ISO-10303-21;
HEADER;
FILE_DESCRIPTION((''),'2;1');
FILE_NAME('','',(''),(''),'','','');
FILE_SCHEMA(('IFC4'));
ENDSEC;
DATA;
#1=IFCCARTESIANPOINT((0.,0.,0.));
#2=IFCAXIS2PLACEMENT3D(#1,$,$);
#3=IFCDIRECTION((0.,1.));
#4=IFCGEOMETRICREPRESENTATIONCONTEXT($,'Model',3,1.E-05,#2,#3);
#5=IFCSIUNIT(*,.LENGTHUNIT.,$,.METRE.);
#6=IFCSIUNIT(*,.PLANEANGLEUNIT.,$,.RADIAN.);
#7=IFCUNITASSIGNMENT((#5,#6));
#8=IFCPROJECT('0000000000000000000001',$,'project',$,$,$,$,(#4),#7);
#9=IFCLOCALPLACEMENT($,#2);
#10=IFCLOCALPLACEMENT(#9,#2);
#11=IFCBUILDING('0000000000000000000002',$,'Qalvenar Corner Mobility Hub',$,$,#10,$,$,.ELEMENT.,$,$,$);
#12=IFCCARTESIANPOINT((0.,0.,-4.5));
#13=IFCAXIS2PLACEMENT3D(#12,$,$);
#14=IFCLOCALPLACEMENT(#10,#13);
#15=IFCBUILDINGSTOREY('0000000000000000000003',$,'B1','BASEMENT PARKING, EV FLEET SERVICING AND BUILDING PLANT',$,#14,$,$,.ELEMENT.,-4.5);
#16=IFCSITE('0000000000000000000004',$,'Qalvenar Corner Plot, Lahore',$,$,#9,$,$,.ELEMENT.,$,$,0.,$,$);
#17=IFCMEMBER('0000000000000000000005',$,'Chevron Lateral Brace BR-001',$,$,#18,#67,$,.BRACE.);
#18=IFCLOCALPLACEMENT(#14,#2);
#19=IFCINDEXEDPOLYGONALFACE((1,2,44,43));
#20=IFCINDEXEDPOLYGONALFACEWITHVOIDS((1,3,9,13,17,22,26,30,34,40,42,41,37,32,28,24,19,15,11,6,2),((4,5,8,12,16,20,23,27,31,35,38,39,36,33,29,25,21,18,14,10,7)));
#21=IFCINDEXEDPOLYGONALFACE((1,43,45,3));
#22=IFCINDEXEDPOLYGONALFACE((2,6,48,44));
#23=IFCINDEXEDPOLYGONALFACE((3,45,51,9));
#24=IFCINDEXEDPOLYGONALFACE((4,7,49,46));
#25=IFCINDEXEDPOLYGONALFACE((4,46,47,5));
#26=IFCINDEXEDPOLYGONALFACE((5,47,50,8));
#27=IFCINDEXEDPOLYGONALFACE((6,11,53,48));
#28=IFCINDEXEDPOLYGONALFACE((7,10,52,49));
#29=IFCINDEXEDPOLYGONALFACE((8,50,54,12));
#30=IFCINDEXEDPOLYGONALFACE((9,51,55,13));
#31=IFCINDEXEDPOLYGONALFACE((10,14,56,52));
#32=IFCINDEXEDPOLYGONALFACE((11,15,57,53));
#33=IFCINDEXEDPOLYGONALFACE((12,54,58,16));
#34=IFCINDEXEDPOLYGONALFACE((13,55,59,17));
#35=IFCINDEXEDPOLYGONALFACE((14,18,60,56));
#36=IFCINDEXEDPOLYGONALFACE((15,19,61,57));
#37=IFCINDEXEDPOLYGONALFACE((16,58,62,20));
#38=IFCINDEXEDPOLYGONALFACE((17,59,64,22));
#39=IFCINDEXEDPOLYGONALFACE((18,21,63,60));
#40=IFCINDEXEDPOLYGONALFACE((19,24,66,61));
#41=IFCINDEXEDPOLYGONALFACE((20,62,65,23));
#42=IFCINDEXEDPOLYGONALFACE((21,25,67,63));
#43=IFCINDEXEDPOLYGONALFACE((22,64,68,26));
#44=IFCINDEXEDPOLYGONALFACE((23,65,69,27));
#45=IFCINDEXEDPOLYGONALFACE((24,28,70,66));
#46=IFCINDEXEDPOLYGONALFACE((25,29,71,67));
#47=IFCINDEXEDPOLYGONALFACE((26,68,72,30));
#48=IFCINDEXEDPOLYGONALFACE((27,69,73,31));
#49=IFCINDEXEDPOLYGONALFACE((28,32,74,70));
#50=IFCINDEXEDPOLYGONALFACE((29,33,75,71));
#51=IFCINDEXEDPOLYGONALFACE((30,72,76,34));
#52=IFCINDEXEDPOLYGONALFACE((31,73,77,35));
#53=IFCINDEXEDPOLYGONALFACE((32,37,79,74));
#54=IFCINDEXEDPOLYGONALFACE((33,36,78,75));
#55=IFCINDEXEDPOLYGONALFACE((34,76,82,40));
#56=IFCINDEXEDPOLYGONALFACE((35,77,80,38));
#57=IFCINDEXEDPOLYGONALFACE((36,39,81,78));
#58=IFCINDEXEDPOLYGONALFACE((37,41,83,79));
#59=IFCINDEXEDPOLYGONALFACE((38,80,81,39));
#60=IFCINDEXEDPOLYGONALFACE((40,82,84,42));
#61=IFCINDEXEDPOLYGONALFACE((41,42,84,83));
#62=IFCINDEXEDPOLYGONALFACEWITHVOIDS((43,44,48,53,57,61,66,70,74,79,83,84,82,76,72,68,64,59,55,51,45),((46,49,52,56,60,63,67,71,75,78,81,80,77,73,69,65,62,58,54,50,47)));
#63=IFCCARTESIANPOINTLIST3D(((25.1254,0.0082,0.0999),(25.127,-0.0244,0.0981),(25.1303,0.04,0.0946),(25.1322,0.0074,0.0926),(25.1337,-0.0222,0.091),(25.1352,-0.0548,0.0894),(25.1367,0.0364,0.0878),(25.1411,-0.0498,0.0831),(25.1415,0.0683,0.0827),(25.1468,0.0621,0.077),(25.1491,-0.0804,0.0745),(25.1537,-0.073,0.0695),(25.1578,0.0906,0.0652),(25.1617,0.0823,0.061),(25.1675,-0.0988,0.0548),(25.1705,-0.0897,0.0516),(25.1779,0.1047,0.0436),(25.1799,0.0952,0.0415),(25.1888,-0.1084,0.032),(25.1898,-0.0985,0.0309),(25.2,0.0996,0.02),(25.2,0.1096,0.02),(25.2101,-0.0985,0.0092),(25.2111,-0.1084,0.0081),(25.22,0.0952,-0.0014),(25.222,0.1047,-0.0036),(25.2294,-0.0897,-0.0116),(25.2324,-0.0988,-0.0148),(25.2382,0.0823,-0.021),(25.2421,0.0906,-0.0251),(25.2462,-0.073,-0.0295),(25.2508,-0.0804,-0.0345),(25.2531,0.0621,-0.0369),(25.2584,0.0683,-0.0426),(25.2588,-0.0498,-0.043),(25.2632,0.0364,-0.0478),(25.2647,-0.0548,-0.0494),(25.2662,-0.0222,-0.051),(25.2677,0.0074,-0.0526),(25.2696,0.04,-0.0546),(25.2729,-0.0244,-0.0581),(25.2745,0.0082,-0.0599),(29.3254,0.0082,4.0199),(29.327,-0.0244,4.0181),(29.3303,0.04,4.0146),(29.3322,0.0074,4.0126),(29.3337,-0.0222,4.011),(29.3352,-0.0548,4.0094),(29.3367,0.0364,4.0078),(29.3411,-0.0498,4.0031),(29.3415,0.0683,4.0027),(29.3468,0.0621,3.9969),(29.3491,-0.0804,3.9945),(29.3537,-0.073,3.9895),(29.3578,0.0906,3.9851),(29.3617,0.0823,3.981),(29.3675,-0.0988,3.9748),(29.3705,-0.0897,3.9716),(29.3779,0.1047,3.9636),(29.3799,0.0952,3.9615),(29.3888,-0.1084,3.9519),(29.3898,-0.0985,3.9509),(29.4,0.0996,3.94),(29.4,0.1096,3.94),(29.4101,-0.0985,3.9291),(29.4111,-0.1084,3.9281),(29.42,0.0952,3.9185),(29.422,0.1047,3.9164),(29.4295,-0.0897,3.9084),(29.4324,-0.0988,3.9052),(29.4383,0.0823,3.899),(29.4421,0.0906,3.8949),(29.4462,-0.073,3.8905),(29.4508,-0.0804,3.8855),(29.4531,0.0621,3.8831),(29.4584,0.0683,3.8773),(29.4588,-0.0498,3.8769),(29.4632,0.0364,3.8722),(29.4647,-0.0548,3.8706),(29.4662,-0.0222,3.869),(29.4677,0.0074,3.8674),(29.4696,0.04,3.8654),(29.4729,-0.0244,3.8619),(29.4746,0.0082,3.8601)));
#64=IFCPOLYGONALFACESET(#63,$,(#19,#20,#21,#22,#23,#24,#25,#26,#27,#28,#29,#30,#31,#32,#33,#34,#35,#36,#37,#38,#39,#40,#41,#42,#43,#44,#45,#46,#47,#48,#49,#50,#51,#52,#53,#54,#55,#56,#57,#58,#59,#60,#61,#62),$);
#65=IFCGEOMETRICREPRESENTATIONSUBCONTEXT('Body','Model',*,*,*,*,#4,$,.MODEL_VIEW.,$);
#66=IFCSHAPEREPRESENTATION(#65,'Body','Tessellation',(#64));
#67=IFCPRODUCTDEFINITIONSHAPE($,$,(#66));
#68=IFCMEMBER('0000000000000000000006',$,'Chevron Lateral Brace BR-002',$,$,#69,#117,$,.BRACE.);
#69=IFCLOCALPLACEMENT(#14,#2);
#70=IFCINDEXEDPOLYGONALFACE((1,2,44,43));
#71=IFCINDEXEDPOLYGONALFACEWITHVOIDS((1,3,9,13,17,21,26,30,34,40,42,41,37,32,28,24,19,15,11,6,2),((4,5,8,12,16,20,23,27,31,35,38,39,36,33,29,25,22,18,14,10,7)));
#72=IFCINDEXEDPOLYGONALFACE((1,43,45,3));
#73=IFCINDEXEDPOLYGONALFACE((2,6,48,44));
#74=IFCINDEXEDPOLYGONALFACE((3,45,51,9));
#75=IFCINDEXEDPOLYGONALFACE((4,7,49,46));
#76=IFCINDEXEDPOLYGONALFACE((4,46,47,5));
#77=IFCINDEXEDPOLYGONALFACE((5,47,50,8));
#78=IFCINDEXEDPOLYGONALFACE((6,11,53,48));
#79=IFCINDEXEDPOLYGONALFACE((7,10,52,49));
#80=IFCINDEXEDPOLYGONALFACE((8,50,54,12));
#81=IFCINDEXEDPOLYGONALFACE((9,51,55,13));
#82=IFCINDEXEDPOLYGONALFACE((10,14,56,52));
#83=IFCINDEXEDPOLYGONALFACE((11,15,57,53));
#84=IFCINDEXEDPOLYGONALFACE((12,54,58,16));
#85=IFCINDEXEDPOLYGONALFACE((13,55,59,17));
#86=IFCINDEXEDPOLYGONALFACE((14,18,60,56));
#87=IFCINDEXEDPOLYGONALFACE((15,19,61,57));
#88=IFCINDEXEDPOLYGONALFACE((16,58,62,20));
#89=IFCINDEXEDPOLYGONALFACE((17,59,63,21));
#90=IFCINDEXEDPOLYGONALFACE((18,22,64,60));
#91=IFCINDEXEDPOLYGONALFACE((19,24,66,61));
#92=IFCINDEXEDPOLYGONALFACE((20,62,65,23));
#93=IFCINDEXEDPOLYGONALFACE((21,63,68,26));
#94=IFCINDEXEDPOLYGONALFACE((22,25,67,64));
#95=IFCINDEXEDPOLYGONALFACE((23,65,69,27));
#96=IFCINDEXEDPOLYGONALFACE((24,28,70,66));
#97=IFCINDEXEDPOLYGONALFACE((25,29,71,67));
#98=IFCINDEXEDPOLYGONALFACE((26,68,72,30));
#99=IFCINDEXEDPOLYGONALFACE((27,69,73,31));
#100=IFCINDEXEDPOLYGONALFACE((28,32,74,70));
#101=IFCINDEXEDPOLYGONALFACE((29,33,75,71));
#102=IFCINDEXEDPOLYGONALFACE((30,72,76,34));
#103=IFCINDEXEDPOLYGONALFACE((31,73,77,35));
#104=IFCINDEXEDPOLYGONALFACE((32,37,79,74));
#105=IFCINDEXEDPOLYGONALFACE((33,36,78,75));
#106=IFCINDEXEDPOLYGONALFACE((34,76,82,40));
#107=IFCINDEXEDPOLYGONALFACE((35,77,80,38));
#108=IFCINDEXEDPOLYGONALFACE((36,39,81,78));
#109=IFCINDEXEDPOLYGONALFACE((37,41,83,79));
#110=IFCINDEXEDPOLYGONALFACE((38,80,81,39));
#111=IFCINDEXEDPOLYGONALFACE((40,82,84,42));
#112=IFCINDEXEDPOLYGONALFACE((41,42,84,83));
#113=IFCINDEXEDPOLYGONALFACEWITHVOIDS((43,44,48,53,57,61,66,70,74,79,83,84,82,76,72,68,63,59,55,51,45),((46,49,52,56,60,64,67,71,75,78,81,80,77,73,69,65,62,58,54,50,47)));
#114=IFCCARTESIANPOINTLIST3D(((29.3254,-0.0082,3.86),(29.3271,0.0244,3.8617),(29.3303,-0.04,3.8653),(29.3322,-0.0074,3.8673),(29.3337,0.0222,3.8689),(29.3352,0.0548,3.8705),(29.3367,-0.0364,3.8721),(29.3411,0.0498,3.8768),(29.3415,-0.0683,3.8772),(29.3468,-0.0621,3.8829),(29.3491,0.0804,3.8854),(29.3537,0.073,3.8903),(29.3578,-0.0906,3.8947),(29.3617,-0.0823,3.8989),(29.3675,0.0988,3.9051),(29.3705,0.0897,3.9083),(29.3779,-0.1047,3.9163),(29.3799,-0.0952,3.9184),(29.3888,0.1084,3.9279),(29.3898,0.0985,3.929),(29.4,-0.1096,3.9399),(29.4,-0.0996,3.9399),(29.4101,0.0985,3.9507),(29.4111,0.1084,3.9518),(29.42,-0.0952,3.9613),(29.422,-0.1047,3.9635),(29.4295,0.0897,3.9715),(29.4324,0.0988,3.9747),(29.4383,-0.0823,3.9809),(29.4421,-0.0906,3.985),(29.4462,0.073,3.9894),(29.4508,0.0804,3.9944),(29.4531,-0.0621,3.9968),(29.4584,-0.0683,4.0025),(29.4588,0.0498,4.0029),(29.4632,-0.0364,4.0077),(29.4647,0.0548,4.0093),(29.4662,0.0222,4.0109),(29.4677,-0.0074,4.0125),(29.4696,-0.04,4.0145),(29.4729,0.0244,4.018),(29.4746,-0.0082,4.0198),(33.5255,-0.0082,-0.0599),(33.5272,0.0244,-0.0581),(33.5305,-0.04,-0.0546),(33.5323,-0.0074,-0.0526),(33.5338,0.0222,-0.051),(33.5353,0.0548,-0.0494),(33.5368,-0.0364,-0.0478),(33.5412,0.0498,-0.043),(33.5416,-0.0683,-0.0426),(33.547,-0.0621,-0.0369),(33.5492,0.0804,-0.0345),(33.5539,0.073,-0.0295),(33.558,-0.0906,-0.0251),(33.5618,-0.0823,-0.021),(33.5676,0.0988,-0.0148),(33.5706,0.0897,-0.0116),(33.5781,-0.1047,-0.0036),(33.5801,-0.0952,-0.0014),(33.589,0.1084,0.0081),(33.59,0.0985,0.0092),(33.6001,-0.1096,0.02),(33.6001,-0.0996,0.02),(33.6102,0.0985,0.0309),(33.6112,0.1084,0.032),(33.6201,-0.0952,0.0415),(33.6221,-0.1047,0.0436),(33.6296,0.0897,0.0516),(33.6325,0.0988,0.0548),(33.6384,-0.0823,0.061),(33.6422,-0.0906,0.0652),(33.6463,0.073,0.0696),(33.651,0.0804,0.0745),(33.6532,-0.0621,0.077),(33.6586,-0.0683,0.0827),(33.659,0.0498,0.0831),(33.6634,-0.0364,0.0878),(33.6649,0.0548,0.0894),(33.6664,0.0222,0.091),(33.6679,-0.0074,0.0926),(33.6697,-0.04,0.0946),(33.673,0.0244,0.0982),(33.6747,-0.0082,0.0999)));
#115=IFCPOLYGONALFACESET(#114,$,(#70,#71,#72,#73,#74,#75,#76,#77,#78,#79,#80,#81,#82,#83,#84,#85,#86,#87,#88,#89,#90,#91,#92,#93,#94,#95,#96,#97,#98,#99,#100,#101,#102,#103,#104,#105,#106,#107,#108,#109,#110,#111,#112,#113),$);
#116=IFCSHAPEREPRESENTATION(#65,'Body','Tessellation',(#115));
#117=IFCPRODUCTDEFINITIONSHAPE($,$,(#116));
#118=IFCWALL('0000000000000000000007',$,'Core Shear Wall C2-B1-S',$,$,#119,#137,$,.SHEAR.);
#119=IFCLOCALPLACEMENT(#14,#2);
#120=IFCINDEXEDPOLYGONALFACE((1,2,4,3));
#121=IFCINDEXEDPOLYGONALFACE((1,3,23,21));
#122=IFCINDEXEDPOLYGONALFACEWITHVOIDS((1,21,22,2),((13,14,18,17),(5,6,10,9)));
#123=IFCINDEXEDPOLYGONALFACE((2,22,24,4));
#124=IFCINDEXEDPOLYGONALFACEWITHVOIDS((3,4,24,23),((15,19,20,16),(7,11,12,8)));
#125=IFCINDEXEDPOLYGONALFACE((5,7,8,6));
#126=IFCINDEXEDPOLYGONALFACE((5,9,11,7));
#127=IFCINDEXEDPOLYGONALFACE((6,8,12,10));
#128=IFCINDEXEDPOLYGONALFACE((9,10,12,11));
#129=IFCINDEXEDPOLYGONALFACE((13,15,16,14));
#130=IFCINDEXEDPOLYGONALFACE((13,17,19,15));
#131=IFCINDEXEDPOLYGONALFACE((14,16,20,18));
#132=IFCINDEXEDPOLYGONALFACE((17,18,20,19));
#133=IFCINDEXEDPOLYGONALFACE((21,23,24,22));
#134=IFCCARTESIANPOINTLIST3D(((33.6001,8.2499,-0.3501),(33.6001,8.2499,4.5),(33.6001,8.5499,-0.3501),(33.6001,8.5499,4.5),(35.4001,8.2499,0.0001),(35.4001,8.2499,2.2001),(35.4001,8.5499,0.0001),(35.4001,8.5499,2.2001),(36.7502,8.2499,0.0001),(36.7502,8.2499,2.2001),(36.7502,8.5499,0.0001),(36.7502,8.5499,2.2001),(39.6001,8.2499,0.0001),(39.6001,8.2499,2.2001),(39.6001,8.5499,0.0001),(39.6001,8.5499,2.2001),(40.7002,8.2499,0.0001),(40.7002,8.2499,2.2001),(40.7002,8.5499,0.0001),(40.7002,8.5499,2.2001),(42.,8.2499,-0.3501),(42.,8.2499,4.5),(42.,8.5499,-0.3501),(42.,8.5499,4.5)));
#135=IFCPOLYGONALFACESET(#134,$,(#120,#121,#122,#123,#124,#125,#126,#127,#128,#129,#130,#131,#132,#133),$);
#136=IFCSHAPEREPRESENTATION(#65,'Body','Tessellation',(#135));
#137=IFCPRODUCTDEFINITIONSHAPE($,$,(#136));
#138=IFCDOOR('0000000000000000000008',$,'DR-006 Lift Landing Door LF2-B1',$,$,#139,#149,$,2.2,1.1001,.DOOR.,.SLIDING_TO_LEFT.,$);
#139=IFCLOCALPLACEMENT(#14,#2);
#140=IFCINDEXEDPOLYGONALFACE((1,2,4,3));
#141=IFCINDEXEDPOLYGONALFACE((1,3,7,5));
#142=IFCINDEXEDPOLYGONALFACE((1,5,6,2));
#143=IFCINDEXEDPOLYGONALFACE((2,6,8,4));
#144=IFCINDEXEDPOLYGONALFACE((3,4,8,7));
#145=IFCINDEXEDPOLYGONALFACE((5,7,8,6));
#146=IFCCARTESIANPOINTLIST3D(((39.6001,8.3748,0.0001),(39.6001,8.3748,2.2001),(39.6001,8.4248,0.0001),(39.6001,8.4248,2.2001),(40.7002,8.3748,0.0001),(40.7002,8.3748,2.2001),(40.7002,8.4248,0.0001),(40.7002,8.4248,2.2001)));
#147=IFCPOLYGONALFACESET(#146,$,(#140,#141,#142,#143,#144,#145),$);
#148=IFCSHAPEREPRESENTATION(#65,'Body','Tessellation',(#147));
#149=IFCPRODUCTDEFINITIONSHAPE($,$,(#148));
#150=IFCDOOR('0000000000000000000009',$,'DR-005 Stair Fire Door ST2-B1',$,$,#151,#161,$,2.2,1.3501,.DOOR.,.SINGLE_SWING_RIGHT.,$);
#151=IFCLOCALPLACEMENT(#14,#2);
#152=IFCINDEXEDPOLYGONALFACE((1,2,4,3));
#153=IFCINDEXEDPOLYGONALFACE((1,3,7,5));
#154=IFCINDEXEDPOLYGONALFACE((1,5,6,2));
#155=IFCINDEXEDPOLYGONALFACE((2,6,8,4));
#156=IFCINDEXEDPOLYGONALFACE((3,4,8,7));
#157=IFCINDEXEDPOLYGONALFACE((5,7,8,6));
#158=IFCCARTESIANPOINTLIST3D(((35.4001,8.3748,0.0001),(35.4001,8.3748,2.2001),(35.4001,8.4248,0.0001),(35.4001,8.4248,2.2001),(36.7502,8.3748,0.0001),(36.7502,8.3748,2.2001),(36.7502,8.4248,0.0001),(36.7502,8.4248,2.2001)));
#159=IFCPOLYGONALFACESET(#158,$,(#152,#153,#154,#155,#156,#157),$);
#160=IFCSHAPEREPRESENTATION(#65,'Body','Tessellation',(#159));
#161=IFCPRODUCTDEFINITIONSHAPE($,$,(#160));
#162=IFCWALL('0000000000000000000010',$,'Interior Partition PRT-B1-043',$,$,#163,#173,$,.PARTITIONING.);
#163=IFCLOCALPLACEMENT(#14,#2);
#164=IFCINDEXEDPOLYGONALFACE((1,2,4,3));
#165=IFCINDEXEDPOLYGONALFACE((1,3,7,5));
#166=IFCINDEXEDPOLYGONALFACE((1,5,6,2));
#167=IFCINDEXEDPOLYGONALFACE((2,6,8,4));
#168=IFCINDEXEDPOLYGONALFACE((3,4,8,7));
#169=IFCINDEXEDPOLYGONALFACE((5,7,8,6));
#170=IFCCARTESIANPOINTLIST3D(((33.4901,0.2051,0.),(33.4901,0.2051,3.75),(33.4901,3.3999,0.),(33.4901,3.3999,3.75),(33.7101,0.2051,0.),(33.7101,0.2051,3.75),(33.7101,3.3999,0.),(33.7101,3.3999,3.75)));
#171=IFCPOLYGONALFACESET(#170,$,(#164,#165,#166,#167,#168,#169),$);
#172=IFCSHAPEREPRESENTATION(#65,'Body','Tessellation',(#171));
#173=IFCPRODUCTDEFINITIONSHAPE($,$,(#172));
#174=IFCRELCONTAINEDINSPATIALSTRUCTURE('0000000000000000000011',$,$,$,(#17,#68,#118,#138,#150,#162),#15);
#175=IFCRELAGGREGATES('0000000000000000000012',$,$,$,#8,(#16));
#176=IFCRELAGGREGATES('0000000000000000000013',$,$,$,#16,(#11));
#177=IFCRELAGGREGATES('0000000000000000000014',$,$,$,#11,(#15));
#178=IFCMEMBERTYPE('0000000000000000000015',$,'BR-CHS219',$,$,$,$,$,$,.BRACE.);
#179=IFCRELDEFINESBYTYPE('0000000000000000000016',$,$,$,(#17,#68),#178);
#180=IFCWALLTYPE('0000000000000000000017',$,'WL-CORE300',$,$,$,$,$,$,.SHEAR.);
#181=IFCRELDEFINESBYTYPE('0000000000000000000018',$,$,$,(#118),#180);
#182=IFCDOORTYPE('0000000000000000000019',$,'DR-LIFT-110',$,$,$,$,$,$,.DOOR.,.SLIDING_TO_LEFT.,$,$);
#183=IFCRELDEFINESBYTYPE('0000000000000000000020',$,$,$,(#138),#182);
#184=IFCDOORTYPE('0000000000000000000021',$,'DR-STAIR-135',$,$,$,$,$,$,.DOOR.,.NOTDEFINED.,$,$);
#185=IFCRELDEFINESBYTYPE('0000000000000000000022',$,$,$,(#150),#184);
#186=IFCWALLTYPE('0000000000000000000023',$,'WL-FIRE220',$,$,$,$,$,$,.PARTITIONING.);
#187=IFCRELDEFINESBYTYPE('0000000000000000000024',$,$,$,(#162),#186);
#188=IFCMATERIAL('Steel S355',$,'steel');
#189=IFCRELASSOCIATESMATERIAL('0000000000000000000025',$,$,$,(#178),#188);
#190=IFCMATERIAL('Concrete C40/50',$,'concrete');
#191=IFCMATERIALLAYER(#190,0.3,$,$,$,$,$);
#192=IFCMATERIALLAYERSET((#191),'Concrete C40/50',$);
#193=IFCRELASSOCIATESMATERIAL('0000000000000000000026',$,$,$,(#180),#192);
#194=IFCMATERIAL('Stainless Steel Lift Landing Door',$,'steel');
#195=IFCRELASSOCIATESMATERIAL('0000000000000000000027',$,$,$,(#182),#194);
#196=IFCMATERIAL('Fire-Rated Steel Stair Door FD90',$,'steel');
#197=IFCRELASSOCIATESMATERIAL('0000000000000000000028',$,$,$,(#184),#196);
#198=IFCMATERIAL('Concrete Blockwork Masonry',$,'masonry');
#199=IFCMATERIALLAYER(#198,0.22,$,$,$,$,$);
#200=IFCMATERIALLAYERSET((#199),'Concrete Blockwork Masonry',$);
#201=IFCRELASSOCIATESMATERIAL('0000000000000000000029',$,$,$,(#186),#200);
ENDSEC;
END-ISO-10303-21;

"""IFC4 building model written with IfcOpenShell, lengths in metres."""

from ifc_helpers import new_model, si_unit, direction, frame, frame_2d, origin, origin_2d, place, context, subcontext, project, spatial, rectangle, hollow_circle, extrude, material, layer, layer_set, material_profile, profile_set, type_object, element, fill, save


model = new_model("IFC4")

# Units and contexts
model_context = context("Model", 3, precision=1e-05, world=origin(), true_north=direction((0.0, 1.0)))
body_context = subcontext(model_context, "Body", "Model", "MODEL_VIEW")
ifc_project = project(units=[si_unit("LENGTHUNIT", "METRE"), si_unit("PLANEANGLEUNIT", "RADIAN")], contexts=[model_context])

# Site, building, storey
site_placement = place(None, origin())
site = spatial("IfcSite", under=ifc_project, at=site_placement, Name="Qalvenar Corner Plot, Lahore", CompositionType="ELEMENT", RefElevation=0.0)
building_placement = place(site_placement, origin())
building = spatial("IfcBuilding", under=site, at=building_placement, Name="Qalvenar Corner Mobility Hub", CompositionType="ELEMENT")
storey_placement = place(building_placement, frame((0.0, 0.0, -4.5)))
storey = spatial("IfcBuildingStorey", under=building, at=storey_placement, Name="B1", Description="BASEMENT PARKING, EV FLEET SERVICING AND BUILDING PLANT", CompositionType="ELEMENT", Elevation=-4.5)

# Shared definitions
ifc_material_1 = material(Name="Concrete C40/50", Category="concrete")

# Shared definitions
ifc_material_2 = material(Name="Steel S355", Category="steel")

# Members
ifc_material_profile_1 = material_profile(ifc_material_2, hollow_circle(Radius=0.1096, WallThickness=0.01, at=origin_2d()), Name="CHS219.1x10")
ifc_profile_set_1 = profile_set([ifc_material_profile_1], Name="Steel S355")
member_type = type_object("IfcMemberType", Name="BR-CHS219", PredefinedType="BRACE", material=ifc_profile_set_1)
for number, where, z_axis, x_axis, name in (
    (1, (25.2, 0.0, 0.02), (0.731058, 0.0, 0.682315), (0.0, 1.0, 0.0), "Chevron Lateral Brace BR-001"),
    (2, (33.6001, 0.0, 0.02), (-0.731078, 0.0, 0.682294), (0.0, -1.0, 0.0), "Chevron Lateral Brace BR-002"),
):
    element("IfcMember", number, at=place(storey_placement, frame(where, z_axis=z_axis, x_axis=x_axis)), inside=storey, type_object=member_type, Name=name, PredefinedType="BRACE", context=body_context, shape_type="SweptSolid", body=[
        extrude(hollow_circle(Radius=0.1096, WallThickness=0.01, at=origin_2d()), origin(), (0.0, 0.0, 1.0), 5.7451),
    ])

# Wall, openings, doors
ifc_layer_1 = layer(ifc_material_1, 0.3)
ifc_layer_set_1 = layer_set([ifc_layer_1], Name="Concrete C40/50")
wall_type_1 = type_object("IfcWallType", Name="WL-CORE300", PredefinedType="SHEAR", material=ifc_layer_set_1)
wall_1_placement = place(storey_placement, frame((33.6001, 8.3999, -0.3501), z_axis=(0.0, 0.0, 1.0), x_axis=(1.0, 0.0, 0.0)))
wall_1 = element("IfcWall", 3, at=wall_1_placement, inside=storey, type_object=wall_type_1, Name="Core Shear Wall C2-B1-S", PredefinedType="SHEAR", context=body_context, shape_type="SweptSolid", body=[
    extrude(rectangle(XDim=8.3999, YDim=0.3, at=frame_2d((4.2, 0.0))), origin(), (0.0, 0.0, 1.0), 4.8501),
])
opening_1_placement = place(wall_1_placement, frame((1.8, 0.0, 0.3501)))
opening_1 = element("IfcOpeningElement", 4, at=opening_1_placement, cuts=wall_1, PredefinedType="OPENING", context=body_context, shape_type="SweptSolid", body=[
    extrude(rectangle(XDim=1.3501, YDim=2.2, at=frame_2d((0.675, 1.1001))), frame((0.0, 0.1602, 0.0), z_axis=(0.0, -1.0, 0.0), x_axis=(1.0, 0.0, 0.0)), (0.0, 0.0, 1.0), 0.3201),
])
opening_2_placement = place(wall_1_placement, frame((6.0, 0.0, 0.3501)))
opening_2 = element("IfcOpeningElement", 5, at=opening_2_placement, cuts=wall_1, PredefinedType="OPENING", context=body_context, shape_type="SweptSolid", body=[
    extrude(rectangle(XDim=1.1001, YDim=2.2, at=frame_2d((0.55, 1.1001))), frame((0.0, 0.1602, 0.0), z_axis=(0.0, -1.0, 0.0), x_axis=(1.0, 0.0, 0.0)), (0.0, 0.0, 1.0), 0.3201),
])
ifc_material_3 = material(Name="Stainless Steel Lift Landing Door", Category="steel")
door_type_1 = type_object("IfcDoorType", Name="DR-LIFT-110", OperationType="SLIDING_TO_LEFT", PredefinedType="DOOR", material=ifc_material_3)
door_1_placement = place(opening_2_placement, origin())
door_1 = element("IfcDoor", 6, at=door_1_placement, inside=storey, type_object=door_type_1, Name="DR-006 Lift Landing Door LF2-B1", OperationType="SLIDING_TO_LEFT", OverallHeight=2.2, OverallWidth=1.1001, PredefinedType="DOOR", context=body_context, shape_type="SweptSolid", body=[
    extrude(rectangle(XDim=1.1001, YDim=2.2, at=frame_2d((0.55, 1.1001))), frame((0.0, 0.0249, 0.0), z_axis=(0.0, -1.0, 0.0), x_axis=(1.0, 0.0, 0.0)), (0.0, 0.0, 1.0), 0.05),
])
fill(opening_2, door_1)
ifc_material_4 = material(Name="Fire-Rated Steel Stair Door FD90", Category="steel")
door_type_2 = type_object("IfcDoorType", Name="DR-STAIR-135", OperationType="NOTDEFINED", PredefinedType="DOOR", material=ifc_material_4)
door_2_placement = place(opening_1_placement, origin())
door_2 = element("IfcDoor", 7, at=door_2_placement, inside=storey, type_object=door_type_2, Name="DR-005 Stair Fire Door ST2-B1", OperationType="SINGLE_SWING_RIGHT", OverallHeight=2.2, OverallWidth=1.3501, PredefinedType="DOOR", context=body_context, shape_type="SweptSolid", body=[
    extrude(rectangle(XDim=1.3501, YDim=2.2, at=frame_2d((0.675, 1.1001))), frame((0.0, 0.0249, 0.0), z_axis=(0.0, -1.0, 0.0), x_axis=(1.0, 0.0, 0.0)), (0.0, 0.0, 1.0), 0.05),
])
fill(opening_1, door_2)

# Wall
ifc_material_5 = material(Name="Concrete Blockwork Masonry", Category="masonry")
ifc_layer_2 = layer(ifc_material_5, 0.22)
ifc_layer_set_2 = layer_set([ifc_layer_2], Name="Concrete Blockwork Masonry")
wall_type_2 = type_object("IfcWallType", Name="WL-FIRE220", PredefinedType="PARTITIONING", material=ifc_layer_set_2)
wall_2_placement = place(storey_placement, frame((33.6001, 0.2051, 0.0), z_axis=(0.0, 0.0, 1.0), x_axis=(0.0, 1.0, 0.0)))
element("IfcWall", 8, at=wall_2_placement, inside=storey, type_object=wall_type_2, Name="Interior Partition PRT-B1-043", PredefinedType="PARTITIONING", context=body_context, shape_type="SweptSolid", body=[
    extrude(rectangle(XDim=3.1948, YDim=0.22, at=frame_2d((1.5974, 0.0))), origin(), (0.0, 0.0, 1.0), 3.75),
])

save(model, "model.ifc")
